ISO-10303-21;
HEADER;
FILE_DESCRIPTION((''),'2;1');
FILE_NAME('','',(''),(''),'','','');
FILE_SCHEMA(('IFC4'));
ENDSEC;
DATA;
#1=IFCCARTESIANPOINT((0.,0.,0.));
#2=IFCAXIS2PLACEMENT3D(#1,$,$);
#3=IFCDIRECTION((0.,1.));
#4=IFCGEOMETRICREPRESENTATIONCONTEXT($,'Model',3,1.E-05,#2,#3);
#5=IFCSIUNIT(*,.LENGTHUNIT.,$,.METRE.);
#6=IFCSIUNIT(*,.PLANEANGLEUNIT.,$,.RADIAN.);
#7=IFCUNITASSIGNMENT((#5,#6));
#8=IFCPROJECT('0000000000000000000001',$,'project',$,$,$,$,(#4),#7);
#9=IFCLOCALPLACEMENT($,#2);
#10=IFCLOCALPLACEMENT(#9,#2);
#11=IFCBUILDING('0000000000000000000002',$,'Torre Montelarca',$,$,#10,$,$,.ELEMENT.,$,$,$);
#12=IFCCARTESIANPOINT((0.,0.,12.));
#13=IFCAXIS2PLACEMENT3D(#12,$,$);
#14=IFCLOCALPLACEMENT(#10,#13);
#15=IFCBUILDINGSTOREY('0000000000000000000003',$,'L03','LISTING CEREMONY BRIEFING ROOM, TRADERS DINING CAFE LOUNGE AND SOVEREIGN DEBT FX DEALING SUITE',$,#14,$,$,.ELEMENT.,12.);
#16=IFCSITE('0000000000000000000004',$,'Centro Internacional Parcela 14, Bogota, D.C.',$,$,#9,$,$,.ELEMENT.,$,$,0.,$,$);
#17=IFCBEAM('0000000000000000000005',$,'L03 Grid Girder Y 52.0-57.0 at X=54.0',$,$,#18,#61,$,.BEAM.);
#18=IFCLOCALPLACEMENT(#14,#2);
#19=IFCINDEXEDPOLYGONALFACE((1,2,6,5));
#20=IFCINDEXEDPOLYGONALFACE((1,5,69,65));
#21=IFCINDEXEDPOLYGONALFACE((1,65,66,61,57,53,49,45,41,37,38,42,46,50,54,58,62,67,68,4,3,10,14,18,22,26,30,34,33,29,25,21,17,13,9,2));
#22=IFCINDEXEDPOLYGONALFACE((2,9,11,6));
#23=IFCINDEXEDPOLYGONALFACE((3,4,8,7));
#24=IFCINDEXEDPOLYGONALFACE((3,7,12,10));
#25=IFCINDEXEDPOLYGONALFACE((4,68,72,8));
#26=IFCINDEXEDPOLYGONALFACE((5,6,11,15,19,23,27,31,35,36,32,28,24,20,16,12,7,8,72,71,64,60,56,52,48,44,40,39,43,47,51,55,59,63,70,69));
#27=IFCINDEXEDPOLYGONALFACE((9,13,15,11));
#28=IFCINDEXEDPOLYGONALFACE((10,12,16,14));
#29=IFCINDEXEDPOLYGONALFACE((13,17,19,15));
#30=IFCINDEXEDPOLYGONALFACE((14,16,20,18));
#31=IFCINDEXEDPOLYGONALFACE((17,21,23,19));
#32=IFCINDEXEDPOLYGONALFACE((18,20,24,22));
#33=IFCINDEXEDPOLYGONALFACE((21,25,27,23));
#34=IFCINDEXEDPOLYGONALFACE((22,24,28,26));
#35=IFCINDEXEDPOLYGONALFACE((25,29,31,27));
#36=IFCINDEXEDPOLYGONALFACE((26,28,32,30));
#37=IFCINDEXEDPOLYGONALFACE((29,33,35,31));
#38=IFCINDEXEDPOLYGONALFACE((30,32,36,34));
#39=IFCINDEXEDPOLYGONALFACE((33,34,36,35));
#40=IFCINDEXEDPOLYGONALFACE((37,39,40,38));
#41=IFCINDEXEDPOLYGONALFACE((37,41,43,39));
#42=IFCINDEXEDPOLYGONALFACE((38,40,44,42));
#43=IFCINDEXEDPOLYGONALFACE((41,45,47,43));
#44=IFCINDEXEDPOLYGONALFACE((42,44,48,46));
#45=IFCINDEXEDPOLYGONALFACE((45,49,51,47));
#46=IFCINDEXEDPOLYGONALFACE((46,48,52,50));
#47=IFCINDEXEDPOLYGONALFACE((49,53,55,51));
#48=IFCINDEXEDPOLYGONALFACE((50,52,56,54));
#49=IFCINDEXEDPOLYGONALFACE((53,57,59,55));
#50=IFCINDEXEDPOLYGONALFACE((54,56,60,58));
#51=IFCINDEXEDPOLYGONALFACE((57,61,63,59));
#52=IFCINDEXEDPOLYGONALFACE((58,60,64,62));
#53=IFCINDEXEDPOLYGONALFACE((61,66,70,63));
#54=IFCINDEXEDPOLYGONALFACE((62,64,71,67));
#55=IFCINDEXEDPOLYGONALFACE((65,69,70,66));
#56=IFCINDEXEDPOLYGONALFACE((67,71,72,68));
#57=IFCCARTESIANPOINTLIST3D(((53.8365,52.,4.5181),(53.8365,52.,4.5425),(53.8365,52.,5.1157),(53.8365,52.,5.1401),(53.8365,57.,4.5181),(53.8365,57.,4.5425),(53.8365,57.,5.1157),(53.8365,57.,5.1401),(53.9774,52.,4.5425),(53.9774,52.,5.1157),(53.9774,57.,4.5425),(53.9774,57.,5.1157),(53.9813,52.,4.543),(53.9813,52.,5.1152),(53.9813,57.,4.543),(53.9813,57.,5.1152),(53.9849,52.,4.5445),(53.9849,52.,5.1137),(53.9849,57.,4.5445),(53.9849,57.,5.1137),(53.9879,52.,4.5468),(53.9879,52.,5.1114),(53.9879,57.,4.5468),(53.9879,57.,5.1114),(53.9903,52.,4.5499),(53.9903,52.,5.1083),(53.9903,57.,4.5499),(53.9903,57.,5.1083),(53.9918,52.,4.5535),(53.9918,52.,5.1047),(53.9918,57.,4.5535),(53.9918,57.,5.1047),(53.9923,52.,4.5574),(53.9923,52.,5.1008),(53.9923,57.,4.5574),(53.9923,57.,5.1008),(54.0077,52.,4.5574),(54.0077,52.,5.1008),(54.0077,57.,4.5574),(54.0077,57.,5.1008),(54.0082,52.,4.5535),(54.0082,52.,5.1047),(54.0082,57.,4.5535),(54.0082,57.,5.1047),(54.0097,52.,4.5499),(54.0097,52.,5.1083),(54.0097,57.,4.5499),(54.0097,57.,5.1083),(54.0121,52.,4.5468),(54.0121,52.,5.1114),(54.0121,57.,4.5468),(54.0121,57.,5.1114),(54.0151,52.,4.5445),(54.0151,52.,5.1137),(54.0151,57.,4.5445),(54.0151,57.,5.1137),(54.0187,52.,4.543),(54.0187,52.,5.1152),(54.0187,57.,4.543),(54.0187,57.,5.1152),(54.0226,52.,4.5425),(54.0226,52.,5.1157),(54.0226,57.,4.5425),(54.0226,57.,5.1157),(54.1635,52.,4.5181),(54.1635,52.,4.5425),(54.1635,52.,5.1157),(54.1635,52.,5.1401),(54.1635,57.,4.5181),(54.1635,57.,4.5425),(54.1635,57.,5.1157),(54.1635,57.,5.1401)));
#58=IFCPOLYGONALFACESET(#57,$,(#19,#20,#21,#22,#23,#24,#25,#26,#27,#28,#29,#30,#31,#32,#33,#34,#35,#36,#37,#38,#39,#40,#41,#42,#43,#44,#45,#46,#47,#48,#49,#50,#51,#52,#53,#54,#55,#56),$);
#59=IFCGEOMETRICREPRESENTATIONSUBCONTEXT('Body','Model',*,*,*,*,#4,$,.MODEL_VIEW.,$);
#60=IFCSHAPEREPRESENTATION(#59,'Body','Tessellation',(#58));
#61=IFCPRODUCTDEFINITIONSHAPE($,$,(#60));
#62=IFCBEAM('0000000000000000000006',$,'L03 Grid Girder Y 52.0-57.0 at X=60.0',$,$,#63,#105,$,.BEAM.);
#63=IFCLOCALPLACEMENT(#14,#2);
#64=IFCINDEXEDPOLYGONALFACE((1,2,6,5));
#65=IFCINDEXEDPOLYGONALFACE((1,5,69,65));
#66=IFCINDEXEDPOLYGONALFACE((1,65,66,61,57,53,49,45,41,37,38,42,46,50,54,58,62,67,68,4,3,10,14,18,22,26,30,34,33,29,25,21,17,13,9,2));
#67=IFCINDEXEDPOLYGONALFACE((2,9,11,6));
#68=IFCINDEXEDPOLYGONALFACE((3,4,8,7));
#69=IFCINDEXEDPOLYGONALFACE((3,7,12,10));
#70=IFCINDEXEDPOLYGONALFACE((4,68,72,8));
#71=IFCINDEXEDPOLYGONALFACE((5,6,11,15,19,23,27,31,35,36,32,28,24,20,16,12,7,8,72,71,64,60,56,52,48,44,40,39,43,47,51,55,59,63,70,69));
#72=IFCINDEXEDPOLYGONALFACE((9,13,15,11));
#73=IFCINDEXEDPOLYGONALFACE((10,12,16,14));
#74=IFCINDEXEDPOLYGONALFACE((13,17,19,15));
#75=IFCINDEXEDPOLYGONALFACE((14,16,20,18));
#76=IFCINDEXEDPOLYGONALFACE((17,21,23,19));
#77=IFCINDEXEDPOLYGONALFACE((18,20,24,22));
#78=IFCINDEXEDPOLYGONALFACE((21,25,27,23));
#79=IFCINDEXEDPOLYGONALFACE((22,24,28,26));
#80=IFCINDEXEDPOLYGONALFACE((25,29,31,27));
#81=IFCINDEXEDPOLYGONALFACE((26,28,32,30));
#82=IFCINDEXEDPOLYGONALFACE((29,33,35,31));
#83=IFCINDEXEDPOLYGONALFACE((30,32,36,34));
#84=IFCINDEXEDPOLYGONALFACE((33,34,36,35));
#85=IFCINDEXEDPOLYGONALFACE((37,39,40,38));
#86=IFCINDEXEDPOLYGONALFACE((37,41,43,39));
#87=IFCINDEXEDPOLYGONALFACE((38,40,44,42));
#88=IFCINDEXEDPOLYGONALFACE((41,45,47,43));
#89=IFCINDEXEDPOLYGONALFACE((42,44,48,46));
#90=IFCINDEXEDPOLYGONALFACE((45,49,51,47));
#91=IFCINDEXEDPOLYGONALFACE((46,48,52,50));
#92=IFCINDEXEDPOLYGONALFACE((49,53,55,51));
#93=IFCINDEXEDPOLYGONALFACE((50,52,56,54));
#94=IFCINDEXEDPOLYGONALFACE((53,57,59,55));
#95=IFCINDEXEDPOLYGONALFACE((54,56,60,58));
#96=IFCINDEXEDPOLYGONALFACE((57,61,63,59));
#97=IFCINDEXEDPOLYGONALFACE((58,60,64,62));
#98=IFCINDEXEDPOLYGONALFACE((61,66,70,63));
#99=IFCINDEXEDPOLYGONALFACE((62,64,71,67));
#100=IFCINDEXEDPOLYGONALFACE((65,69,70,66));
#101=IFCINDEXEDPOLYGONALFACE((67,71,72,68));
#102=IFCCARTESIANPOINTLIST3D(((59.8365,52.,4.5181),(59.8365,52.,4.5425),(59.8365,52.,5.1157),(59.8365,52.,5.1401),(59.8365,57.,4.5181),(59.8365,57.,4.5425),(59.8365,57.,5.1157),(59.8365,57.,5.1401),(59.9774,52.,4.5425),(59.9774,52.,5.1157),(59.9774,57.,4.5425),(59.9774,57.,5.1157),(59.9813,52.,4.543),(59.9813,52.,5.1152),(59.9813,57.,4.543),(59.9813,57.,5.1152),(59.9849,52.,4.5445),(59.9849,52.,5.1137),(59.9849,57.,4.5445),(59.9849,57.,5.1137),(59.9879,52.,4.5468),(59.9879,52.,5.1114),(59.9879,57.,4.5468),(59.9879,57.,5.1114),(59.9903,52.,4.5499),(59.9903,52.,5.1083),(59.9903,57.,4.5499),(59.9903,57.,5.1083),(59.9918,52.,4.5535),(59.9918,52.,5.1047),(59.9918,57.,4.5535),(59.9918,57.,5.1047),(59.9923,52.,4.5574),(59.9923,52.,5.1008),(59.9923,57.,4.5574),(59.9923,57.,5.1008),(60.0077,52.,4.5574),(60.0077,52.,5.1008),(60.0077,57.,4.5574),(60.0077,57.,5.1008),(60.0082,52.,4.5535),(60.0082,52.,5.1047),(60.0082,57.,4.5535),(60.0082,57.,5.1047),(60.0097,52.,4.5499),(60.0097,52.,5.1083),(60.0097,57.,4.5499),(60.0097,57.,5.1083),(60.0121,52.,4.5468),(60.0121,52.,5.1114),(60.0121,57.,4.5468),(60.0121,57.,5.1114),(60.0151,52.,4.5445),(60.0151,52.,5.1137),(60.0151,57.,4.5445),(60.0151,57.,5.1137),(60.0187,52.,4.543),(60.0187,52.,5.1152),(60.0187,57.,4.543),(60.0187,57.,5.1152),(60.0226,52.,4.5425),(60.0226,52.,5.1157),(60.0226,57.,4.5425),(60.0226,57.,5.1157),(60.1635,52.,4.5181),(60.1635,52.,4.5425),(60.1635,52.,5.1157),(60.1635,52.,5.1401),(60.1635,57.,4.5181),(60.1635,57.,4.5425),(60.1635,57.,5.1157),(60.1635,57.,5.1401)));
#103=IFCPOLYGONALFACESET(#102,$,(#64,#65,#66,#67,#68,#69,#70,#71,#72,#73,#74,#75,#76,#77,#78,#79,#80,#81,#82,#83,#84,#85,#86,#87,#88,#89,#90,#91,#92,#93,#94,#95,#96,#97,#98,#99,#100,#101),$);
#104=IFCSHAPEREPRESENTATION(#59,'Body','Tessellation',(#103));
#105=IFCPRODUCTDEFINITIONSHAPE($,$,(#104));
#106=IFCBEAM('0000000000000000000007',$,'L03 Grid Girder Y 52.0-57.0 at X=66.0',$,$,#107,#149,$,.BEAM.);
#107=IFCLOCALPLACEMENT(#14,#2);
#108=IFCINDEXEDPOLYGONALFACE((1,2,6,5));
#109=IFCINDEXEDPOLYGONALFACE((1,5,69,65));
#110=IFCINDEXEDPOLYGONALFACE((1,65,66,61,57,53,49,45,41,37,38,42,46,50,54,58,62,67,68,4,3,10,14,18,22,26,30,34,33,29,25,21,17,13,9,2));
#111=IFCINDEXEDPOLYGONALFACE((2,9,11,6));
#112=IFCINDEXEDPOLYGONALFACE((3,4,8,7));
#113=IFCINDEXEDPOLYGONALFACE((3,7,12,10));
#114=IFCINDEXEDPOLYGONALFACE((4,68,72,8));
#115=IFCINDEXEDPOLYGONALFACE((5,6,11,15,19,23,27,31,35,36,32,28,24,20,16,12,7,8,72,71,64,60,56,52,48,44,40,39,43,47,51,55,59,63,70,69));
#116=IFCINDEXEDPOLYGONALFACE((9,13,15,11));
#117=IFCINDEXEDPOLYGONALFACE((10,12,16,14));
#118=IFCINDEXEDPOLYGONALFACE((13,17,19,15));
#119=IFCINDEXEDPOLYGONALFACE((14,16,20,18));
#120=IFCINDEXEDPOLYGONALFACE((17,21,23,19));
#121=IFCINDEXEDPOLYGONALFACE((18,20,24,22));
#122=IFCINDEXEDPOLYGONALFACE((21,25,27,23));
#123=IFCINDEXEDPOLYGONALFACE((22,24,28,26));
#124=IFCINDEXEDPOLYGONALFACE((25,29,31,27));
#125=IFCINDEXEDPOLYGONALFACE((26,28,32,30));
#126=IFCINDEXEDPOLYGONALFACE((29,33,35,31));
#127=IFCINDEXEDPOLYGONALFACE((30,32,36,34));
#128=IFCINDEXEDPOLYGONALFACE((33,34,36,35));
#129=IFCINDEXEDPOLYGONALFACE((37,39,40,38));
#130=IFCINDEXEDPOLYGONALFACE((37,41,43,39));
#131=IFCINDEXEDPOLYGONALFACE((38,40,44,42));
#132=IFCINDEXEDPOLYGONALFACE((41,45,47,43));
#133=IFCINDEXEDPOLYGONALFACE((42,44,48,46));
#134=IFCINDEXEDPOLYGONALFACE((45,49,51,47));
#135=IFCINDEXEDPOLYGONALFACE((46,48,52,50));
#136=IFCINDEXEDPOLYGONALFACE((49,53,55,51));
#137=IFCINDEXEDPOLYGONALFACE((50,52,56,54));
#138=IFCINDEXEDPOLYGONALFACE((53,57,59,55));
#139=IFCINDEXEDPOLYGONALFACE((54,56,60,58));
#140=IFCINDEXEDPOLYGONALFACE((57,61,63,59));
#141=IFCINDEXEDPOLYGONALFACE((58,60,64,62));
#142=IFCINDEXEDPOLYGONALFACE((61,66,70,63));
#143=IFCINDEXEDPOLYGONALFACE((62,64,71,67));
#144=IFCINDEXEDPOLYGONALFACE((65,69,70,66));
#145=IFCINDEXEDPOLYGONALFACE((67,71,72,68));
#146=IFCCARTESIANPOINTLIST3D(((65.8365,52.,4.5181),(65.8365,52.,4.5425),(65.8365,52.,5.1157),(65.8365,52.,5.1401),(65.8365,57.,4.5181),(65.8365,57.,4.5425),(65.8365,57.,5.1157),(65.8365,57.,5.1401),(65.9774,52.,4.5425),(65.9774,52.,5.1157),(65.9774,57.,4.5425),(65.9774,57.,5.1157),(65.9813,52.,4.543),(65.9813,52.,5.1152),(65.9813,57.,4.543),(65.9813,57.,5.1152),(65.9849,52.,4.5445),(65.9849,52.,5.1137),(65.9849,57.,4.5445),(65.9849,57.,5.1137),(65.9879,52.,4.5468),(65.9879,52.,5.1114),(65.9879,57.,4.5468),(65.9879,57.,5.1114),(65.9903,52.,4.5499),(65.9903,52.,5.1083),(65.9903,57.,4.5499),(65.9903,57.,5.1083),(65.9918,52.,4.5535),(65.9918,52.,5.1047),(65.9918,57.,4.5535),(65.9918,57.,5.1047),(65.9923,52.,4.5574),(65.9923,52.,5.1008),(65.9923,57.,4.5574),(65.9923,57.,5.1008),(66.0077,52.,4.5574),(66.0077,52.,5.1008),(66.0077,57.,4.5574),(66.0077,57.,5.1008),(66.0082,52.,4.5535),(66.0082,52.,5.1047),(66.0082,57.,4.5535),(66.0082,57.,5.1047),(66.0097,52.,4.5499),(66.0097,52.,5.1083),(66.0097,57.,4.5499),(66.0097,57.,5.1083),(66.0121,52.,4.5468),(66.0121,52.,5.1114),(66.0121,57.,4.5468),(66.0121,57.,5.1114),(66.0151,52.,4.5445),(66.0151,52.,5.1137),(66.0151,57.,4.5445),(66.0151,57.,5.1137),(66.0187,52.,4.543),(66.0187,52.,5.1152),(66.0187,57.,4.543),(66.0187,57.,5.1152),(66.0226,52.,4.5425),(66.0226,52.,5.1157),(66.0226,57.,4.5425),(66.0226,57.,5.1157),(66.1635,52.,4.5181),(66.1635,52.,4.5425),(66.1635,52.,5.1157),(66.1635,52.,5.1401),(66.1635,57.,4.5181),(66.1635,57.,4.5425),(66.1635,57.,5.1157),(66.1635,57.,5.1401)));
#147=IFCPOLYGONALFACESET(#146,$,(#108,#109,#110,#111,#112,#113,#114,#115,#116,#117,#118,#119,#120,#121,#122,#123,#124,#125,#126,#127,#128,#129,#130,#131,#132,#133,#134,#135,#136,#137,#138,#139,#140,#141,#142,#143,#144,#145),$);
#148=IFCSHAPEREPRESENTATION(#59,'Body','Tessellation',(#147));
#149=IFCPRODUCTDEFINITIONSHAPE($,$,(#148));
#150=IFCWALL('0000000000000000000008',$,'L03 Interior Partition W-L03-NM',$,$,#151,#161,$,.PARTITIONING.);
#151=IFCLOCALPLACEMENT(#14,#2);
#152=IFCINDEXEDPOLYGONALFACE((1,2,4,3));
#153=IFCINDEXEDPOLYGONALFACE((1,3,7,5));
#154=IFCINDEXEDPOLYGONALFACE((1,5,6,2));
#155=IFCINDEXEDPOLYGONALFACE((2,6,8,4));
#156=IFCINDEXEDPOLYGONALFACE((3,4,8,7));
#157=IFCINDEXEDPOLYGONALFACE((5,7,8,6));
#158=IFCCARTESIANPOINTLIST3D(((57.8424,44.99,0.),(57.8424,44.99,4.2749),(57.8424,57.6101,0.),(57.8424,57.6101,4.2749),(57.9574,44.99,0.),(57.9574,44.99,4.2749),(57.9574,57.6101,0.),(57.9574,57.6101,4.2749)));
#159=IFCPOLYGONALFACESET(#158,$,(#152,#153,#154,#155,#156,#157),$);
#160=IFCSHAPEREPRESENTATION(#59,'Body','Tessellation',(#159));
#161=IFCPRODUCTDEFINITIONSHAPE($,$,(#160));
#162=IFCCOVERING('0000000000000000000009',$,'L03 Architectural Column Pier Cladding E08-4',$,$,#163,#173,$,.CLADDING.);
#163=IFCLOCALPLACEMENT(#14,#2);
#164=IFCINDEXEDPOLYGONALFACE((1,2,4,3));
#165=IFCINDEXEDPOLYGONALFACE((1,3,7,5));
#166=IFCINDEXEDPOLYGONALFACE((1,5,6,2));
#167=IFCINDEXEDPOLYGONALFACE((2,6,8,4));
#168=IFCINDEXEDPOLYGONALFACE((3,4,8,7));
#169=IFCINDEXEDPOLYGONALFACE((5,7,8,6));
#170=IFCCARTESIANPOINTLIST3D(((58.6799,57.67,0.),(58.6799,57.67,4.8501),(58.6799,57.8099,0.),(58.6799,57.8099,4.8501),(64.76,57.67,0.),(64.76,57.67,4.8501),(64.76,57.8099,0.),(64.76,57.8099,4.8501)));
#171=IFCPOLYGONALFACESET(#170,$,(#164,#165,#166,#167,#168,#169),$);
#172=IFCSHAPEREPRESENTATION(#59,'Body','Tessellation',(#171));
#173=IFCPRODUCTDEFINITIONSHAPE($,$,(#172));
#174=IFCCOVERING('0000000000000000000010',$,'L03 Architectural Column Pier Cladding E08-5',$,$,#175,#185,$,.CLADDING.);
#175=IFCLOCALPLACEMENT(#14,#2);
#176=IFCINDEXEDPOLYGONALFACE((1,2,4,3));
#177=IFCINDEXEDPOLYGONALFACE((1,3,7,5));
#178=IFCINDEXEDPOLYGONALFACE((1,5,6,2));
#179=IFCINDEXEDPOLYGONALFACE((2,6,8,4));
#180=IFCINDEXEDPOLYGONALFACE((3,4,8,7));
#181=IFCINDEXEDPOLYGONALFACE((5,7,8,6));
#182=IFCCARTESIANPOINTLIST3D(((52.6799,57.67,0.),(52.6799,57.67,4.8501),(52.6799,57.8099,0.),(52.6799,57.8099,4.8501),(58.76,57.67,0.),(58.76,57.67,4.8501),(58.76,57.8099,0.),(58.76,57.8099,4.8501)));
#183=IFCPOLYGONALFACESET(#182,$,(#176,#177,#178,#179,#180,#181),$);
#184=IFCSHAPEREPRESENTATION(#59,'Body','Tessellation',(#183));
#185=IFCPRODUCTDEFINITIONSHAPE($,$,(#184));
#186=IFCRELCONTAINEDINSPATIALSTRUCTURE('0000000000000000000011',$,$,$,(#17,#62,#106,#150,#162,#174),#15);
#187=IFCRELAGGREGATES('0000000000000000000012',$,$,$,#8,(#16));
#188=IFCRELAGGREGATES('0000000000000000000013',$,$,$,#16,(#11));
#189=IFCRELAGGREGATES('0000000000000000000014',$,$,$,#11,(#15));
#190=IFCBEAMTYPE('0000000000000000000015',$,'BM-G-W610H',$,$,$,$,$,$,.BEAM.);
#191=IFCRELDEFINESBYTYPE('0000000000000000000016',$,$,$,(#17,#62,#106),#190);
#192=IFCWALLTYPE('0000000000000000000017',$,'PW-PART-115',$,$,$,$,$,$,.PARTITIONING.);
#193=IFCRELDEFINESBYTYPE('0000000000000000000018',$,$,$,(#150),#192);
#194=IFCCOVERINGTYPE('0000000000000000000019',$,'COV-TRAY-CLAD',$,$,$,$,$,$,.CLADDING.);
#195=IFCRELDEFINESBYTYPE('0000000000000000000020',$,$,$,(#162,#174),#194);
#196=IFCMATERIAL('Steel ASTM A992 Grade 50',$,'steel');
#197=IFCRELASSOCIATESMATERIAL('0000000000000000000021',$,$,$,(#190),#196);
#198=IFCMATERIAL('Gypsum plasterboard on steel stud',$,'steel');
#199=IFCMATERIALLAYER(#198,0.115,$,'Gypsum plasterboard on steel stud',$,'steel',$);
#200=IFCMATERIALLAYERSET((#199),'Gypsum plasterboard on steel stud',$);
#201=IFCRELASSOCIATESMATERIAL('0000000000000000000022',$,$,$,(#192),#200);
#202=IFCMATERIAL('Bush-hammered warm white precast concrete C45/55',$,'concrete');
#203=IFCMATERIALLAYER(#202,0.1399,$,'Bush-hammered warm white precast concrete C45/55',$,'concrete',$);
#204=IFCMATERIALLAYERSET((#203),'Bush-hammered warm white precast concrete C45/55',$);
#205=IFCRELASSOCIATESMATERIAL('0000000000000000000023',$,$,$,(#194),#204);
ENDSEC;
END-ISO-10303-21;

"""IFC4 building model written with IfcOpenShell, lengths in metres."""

from ifc_helpers import new_model, si_unit, direction, frame, frame_2d, origin, origin_2d, place, context, subcontext, project, spatial, rectangle, i_section, extrude, source, transform, mapped, material, layer, layer_set, material_profile, profile_set, type_object, element, save


model = new_model("IFC4")

# Units and contexts
model_context = context("Model", 3, precision=1e-05, world=origin(), true_north=direction((0.0, 1.0)))
body_context = subcontext(model_context, "Body", "Model", "MODEL_VIEW")
ifc_project = project(units=[si_unit("LENGTHUNIT", "METRE"), si_unit("PLANEANGLEUNIT", "RADIAN")], contexts=[model_context])

# Site, building, storey
site_placement = place(None, origin())
site = spatial("IfcSite", under=ifc_project, at=site_placement, Name="Centro Internacional Parcela 14, Bogota, D.C.", CompositionType="ELEMENT", RefElevation=0.0)
building_placement = place(site_placement, origin())
building = spatial("IfcBuilding", under=site, at=building_placement, Name="Torre Montelarca", CompositionType="ELEMENT")
storey_placement = place(building_placement, frame((0.0, 0.0, 12.0)))
storey = spatial("IfcBuildingStorey", under=building, at=storey_placement, Name="L03", Description="LISTING CEREMONY BRIEFING ROOM, TRADERS DINING CAFE LOUNGE AND SOVEREIGN DEBT FX DEALING SUITE", CompositionType="ELEMENT", Elevation=12.0)

# Shared definitions
ifc_material_1 = material(Name="Steel ASTM A992 Grade 50", Category="steel")

# Beams
ifc_material_profile_1 = material_profile(ifc_material_1, i_section(OverallWidth=0.3269, OverallDepth=0.6221, WebThickness=0.0154, FlangeThickness=0.0244, FilletRadius=0.0149, at=origin_2d()), Name="W610X195", Category="steel")
ifc_profile_set_1 = profile_set([ifc_material_profile_1], Name="Steel ASTM A992 Grade 50")
beam_type_1 = type_object("IfcBeamType", Name="BM-G-W610H", PredefinedType="BEAM", material=ifc_profile_set_1)
shared_shape_1 = source(origin(), body_context, "Body", "SweptSolid", [
    extrude(i_section(OverallWidth=0.3269, OverallDepth=0.6221, WebThickness=0.0154, FlangeThickness=0.0244, FilletRadius=0.0149, at=origin_2d()), origin(), (0.0, 0.0, 1.0), 5.0),
])
for number, where, z_axis, x_axis, name in (
    (1, (54.0, 52.0, 4.8291), (0.0, 1.0, 0.0), (-1.0, 0.0, 0.0), "L03 Grid Girder Y 52.0-57.0 at X=54.0"),
    (2, (60.0, 52.0, 4.8291), (0.0, 1.0, 0.0), (-1.0, 0.0, 0.0), "L03 Grid Girder Y 52.0-57.0 at X=60.0"),
    (3, (66.0, 52.0, 4.8291), (0.0, 1.0, 0.0), (-1.0, 0.0, 0.0), "L03 Grid Girder Y 52.0-57.0 at X=66.0"),
):
    element("IfcBeam", number, at=place(storey_placement, frame(where, z_axis=z_axis, x_axis=x_axis)), inside=storey, type_object=beam_type_1, Name=name, PredefinedType="BEAM", context=body_context, shape_type="MappedRepresentation", body=[
        mapped(shared_shape_1, transform((0.0, 0.0, 0.0), scale=1.0)),
    ])

# Wall
ifc_material_2 = material(Name="Gypsum plasterboard on steel stud", Category="steel")
ifc_layer_1 = layer(ifc_material_2, 0.115, Name="Gypsum plasterboard on steel stud", Category="steel")
ifc_layer_set_1 = layer_set([ifc_layer_1], Name="Gypsum plasterboard on steel stud")
wall_type = type_object("IfcWallType", Name="PW-PART-115", PredefinedType="PARTITIONING", material=ifc_layer_set_1)
wall_placement = place(storey_placement, frame((57.8999, 44.99, 0.0), z_axis=(0.0, 0.0, 1.0), x_axis=(0.0, 1.0, 0.0)))
element("IfcWall", 4, at=wall_placement, inside=storey, type_object=wall_type, Name="L03 Interior Partition W-L03-NM", PredefinedType="PARTITIONING", context=body_context, shape_type="SweptSolid", body=[
    extrude(rectangle(XDim=12.6201, YDim=0.115, at=frame_2d((6.3101, 0.0))), origin(), (0.0, 0.0, 1.0), 4.2749),
])

# Coverings
ifc_material_3 = material(Name="Bush-hammered warm white precast concrete C45/55", Category="concrete")
ifc_layer_2 = layer(ifc_material_3, 0.1399, Name="Bush-hammered warm white precast concrete C45/55", Category="concrete")
ifc_layer_set_2 = layer_set([ifc_layer_2], Name="Bush-hammered warm white precast concrete C45/55")
covering_type = type_object("IfcCoveringType", Name="COV-TRAY-CLAD", PredefinedType="CLADDING", material=ifc_layer_set_2)
shared_shape_2 = source(origin(), body_context, "Body", "SweptSolid", [
    extrude(rectangle(XDim=6.0801, YDim=0.1399, at=origin_2d()), origin(), (0.0, 0.0, 1.0), 4.8501),
])
for number, where, z_axis, x_axis, name in (
    (5, (61.72, 57.74, 0.0), (0.0, 0.0, 1.0), (-1.0, 0.0, 0.0), "L03 Architectural Column Pier Cladding E08-4"),
    (6, (55.72, 57.74, 0.0), (0.0, 0.0, 1.0), (-1.0, 0.0, 0.0), "L03 Architectural Column Pier Cladding E08-5"),
):
    element("IfcCovering", number, at=place(storey_placement, frame(where, z_axis=z_axis, x_axis=x_axis)), inside=storey, type_object=covering_type, Name=name, PredefinedType="CLADDING", context=body_context, shape_type="MappedRepresentation", body=[
        mapped(shared_shape_2, transform((0.0, 0.0, 0.0), scale=1.0)),
    ])

save(model, "model.ifc")
